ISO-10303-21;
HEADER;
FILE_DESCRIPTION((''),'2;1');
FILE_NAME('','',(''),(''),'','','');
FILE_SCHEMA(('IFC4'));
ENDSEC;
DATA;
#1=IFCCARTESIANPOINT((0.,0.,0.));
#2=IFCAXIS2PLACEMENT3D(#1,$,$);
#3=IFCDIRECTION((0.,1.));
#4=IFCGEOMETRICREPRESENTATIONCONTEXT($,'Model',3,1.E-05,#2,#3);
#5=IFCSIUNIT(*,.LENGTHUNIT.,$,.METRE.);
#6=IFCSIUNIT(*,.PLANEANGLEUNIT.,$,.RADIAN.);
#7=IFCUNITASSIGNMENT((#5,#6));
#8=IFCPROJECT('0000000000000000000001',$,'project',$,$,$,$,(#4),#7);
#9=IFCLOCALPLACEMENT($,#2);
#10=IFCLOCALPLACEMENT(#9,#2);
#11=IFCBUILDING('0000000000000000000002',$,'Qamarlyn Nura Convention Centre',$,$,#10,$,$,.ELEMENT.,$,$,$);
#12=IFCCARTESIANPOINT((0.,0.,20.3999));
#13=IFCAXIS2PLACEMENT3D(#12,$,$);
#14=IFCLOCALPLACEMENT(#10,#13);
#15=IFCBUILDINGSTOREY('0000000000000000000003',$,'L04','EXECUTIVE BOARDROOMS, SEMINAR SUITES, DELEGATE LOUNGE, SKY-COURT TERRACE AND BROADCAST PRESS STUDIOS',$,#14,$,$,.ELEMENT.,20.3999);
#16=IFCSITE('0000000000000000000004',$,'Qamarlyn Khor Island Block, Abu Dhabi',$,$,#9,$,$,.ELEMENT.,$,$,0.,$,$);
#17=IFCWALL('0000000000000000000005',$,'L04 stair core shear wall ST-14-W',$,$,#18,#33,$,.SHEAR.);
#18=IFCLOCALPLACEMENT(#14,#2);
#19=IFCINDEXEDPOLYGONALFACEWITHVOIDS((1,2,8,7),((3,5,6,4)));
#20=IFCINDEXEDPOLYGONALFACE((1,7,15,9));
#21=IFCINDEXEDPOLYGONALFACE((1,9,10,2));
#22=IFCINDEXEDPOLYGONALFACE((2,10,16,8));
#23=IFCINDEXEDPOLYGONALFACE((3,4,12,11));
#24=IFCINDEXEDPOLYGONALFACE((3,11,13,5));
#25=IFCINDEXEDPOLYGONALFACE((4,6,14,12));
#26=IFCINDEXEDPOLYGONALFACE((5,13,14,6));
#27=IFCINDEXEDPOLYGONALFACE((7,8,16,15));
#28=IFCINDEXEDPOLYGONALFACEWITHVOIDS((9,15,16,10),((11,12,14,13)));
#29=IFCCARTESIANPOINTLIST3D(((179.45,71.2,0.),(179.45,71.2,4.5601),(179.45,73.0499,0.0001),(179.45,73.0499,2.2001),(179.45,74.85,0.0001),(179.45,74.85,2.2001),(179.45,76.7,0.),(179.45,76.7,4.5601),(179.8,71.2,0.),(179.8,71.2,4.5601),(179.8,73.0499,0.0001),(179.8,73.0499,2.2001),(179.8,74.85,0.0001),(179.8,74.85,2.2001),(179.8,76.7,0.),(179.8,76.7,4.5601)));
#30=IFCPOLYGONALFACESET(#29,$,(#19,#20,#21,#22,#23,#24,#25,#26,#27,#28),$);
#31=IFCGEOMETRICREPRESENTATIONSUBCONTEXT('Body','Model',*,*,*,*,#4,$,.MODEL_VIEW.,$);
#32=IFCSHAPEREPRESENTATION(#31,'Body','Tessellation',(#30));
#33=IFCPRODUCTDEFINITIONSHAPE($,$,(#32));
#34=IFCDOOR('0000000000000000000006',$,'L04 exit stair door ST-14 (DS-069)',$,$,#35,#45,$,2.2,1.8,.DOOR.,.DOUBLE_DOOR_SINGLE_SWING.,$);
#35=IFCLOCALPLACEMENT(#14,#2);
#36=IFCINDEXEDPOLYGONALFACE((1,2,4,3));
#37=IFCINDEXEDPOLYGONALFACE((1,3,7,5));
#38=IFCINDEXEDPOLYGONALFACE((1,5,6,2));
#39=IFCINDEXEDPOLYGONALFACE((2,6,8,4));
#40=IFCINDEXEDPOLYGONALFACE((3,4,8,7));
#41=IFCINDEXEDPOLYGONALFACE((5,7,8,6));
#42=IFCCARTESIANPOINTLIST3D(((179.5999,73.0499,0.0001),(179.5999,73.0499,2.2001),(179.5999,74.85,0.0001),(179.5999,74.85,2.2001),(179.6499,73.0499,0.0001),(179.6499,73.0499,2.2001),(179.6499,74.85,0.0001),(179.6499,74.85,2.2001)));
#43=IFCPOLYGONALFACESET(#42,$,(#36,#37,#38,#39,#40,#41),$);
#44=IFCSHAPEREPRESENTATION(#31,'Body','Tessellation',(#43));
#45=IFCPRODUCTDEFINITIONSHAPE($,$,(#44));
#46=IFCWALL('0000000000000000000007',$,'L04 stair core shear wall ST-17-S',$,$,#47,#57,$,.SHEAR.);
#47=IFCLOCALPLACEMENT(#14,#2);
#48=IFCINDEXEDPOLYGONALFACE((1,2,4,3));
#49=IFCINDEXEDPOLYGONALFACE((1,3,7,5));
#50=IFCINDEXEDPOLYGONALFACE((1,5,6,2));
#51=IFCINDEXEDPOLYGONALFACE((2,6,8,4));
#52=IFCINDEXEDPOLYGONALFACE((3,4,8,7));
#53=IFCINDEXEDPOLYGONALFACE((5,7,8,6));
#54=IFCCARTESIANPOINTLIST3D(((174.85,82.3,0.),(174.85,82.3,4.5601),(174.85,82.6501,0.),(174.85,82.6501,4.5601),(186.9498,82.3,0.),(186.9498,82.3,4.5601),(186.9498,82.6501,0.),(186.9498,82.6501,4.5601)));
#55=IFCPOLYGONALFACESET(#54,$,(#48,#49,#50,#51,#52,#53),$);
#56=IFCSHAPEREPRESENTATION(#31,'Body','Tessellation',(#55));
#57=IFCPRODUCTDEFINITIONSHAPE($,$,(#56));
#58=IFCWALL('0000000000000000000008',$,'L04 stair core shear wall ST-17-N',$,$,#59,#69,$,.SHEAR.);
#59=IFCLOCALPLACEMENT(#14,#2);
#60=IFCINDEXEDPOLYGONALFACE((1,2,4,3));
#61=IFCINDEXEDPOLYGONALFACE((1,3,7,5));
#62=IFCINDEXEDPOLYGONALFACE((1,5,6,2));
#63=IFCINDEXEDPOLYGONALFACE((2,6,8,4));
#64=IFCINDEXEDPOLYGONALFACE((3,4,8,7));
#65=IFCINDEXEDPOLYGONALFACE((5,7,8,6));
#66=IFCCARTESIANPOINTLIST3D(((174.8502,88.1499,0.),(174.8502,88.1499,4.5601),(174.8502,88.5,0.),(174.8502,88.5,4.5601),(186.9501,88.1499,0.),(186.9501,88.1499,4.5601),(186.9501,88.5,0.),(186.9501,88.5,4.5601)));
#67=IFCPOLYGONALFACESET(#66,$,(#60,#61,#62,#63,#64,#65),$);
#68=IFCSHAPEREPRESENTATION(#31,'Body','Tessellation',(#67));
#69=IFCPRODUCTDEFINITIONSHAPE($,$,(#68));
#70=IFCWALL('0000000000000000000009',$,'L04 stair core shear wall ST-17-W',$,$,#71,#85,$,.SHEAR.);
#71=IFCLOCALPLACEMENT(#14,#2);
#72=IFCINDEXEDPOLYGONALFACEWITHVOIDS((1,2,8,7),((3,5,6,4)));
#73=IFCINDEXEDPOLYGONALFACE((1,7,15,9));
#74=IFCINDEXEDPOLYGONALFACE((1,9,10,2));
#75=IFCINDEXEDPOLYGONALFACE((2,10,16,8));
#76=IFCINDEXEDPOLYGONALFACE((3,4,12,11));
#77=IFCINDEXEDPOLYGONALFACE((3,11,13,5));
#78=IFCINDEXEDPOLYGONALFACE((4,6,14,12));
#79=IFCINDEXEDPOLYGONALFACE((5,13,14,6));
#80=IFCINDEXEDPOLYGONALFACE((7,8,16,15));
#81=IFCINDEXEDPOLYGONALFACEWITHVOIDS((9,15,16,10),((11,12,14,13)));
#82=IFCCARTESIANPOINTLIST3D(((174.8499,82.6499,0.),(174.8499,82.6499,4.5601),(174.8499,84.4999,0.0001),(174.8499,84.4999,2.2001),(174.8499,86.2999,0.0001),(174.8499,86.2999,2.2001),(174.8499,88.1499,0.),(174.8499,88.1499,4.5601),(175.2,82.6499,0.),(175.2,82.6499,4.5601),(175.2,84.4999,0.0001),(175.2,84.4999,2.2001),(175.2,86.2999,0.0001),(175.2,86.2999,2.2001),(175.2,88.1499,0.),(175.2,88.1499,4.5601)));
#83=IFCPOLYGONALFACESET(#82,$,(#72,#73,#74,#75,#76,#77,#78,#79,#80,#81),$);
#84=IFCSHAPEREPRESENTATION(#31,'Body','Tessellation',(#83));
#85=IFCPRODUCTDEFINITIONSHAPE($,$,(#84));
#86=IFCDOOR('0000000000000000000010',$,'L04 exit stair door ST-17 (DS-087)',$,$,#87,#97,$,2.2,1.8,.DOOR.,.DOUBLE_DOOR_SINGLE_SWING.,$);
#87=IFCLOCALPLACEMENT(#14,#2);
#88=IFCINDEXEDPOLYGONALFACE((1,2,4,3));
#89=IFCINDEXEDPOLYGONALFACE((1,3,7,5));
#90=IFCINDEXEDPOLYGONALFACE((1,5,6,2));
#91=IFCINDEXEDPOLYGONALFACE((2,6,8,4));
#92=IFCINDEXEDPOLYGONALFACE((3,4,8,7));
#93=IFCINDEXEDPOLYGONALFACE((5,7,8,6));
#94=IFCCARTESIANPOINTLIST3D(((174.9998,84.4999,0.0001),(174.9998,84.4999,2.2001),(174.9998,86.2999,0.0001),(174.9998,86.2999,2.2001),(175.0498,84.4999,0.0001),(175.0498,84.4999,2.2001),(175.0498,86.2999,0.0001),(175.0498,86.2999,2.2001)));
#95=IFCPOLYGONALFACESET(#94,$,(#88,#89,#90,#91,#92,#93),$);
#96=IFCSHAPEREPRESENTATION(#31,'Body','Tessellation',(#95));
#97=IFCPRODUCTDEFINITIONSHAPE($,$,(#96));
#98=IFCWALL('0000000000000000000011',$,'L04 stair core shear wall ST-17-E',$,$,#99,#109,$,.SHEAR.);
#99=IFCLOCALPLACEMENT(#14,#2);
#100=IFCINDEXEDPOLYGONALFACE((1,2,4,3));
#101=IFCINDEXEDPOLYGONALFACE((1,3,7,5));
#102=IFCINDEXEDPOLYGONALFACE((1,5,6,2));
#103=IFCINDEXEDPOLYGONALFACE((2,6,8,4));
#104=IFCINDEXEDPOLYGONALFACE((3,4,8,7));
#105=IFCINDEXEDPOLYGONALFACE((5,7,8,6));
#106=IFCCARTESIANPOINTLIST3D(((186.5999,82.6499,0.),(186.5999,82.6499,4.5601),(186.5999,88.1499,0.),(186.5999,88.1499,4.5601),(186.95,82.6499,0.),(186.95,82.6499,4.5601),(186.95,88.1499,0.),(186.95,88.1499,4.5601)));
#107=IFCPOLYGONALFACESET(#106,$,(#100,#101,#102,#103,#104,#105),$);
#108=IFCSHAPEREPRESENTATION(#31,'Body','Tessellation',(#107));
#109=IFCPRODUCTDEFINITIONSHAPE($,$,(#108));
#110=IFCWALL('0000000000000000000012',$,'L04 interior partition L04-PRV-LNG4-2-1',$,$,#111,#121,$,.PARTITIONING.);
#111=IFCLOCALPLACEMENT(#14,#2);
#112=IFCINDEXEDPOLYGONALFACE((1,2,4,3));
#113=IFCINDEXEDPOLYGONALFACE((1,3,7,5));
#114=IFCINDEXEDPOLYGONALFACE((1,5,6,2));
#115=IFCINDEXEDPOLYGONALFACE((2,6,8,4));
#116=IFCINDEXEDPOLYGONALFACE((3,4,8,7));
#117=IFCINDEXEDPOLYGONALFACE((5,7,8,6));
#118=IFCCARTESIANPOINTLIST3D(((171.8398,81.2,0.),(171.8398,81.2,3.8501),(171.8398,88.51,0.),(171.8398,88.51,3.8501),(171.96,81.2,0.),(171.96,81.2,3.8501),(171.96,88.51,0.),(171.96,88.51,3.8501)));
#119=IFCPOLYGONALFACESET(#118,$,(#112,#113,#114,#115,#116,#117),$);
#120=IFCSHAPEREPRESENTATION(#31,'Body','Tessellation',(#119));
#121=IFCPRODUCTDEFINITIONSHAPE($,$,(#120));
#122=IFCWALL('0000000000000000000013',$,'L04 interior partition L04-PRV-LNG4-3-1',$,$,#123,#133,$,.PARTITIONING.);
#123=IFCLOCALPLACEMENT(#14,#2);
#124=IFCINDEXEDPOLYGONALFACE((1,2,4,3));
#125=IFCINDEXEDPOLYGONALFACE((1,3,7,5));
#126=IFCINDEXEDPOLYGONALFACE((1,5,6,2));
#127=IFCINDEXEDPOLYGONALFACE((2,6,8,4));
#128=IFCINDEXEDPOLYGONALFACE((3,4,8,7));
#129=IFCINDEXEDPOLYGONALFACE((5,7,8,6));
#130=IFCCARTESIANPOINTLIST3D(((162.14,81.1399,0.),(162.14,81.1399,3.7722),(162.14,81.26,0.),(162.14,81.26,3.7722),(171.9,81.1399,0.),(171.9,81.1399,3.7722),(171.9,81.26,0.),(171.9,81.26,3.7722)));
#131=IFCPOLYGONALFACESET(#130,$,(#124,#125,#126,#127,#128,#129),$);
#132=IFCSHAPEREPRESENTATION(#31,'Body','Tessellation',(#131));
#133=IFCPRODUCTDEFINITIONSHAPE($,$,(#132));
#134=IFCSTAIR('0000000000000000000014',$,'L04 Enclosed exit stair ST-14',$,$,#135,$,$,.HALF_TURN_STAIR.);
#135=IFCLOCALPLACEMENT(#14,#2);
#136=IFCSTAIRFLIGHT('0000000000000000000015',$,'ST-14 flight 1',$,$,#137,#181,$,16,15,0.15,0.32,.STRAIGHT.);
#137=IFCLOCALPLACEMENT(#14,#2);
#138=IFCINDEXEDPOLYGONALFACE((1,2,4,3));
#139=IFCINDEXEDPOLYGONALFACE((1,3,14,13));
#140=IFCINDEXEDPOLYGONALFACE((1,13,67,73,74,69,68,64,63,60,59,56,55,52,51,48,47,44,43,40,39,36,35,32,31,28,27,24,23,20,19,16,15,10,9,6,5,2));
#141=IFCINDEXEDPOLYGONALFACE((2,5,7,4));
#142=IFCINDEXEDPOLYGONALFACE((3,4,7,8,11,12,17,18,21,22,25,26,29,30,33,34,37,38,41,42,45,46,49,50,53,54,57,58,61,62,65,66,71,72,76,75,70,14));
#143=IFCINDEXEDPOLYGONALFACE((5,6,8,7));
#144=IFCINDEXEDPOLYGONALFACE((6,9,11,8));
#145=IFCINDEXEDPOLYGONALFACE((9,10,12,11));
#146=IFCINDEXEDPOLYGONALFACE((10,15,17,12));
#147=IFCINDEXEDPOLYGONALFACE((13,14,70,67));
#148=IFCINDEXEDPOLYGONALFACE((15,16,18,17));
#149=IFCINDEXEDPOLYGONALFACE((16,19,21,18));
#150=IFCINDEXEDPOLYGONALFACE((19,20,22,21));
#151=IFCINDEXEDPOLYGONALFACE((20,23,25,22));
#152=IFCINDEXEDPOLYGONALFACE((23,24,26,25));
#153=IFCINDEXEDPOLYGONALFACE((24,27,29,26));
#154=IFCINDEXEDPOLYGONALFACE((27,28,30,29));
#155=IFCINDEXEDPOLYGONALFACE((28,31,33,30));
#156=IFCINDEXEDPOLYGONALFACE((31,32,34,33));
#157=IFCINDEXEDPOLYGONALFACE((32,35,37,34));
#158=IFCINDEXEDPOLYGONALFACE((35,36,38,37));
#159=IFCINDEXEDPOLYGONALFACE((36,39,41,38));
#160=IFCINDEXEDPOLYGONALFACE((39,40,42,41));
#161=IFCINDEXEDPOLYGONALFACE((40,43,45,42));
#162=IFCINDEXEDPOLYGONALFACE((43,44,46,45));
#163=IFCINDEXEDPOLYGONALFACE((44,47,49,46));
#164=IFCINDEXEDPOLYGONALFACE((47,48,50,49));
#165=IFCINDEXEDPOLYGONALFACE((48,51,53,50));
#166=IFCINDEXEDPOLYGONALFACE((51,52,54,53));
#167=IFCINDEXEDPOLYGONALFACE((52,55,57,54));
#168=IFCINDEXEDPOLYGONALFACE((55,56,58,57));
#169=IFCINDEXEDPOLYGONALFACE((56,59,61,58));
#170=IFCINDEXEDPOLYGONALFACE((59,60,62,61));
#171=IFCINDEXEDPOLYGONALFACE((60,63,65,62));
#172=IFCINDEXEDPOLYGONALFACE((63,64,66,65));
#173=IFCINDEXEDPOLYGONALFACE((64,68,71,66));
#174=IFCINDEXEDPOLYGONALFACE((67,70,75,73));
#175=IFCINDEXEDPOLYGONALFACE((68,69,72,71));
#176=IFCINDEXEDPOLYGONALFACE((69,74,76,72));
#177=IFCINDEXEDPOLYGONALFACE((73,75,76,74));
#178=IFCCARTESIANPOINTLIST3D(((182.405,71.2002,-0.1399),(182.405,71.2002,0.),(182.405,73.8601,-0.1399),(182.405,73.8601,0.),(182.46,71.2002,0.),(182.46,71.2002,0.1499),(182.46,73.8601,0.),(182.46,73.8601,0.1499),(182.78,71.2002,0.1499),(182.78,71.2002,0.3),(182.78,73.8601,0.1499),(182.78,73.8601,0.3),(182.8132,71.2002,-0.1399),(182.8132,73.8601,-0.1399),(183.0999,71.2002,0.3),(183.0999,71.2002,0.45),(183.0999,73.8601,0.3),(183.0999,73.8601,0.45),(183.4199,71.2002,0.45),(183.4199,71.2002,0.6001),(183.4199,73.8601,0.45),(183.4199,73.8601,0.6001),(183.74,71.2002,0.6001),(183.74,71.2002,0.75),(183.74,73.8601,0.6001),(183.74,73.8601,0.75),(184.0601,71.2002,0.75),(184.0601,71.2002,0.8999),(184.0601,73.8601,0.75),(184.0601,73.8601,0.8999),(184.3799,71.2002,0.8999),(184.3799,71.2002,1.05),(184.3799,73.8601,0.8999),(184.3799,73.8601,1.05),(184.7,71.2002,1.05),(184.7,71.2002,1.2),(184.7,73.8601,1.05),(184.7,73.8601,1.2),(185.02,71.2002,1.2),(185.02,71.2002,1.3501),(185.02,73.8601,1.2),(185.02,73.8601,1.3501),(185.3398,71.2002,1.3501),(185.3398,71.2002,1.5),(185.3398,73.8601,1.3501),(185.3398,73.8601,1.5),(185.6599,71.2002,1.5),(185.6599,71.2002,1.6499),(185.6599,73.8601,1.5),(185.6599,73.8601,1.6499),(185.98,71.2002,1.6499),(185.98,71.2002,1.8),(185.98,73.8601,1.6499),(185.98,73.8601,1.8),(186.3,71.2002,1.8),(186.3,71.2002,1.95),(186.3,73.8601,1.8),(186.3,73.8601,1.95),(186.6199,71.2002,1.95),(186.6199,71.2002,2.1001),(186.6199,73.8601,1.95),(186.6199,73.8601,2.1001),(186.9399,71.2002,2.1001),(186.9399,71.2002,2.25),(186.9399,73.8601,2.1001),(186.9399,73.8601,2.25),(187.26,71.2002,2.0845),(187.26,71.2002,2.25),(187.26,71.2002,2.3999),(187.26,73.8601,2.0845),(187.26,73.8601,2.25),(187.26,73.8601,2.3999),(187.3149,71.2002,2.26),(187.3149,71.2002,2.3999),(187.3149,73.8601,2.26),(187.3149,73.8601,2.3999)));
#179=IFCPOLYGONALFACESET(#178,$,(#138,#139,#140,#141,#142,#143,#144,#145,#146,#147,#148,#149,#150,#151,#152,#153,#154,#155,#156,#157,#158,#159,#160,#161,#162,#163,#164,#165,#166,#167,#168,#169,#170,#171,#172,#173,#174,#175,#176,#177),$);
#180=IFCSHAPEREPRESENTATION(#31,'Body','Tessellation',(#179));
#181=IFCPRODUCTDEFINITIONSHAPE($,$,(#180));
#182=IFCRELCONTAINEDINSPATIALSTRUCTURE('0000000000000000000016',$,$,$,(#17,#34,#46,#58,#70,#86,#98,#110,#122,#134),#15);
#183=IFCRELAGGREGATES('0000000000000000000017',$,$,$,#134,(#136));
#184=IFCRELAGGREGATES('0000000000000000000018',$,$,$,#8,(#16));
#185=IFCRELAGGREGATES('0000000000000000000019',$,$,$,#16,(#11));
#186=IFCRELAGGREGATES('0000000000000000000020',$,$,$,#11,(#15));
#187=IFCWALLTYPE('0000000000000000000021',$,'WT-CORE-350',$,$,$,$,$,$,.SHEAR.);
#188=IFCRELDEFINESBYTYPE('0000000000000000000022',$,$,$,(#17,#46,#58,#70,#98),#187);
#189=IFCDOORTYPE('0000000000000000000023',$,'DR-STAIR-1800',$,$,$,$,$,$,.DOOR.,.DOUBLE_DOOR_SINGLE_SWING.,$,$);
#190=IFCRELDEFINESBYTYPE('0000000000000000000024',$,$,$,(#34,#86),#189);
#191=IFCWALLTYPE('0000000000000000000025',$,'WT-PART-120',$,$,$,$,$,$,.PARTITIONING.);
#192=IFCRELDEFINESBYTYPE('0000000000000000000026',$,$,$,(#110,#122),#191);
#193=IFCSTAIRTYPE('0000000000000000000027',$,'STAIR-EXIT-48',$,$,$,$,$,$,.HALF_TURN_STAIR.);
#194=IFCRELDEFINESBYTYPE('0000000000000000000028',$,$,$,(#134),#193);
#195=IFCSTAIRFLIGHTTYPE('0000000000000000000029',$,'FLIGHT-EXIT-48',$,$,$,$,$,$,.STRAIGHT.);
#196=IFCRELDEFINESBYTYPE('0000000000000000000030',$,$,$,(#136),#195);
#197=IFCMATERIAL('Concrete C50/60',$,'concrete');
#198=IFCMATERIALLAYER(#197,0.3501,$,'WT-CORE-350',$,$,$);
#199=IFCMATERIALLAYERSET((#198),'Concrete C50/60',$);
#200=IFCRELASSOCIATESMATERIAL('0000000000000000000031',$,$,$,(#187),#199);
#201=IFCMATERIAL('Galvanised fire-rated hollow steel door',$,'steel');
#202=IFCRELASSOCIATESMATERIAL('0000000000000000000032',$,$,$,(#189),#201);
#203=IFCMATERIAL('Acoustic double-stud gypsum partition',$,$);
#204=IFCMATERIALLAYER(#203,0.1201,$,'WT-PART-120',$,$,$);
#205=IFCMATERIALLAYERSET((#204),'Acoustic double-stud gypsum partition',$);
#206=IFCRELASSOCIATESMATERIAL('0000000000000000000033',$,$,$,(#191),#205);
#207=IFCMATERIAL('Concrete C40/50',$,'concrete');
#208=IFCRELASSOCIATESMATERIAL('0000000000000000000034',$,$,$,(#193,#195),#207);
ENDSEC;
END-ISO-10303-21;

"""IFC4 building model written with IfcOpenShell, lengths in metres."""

from ifc_helpers import new_model, si_unit, direction, frame, frame_2d, origin, place, context, subcontext, project, spatial, polyline, rectangle, outline, extrude, material, layer, layer_set, type_object, element, fill, aggregate, save


model = new_model("IFC4")

# Units and contexts
model_context = context("Model", 3, precision=1e-05, world=origin(), true_north=direction((0.0, 1.0)))
body_context = subcontext(model_context, "Body", "Model", "MODEL_VIEW")
ifc_project = project(units=[si_unit("LENGTHUNIT", "METRE"), si_unit("PLANEANGLEUNIT", "RADIAN")], contexts=[model_context])

# Site, building, storey
site_placement = place(None, origin())
site = spatial("IfcSite", under=ifc_project, at=site_placement, Name="Qamarlyn Khor Island Block, Abu Dhabi", CompositionType="ELEMENT", RefElevation=0.0)
building_placement = place(site_placement, origin())
building = spatial("IfcBuilding", under=site, at=building_placement, Name="Qamarlyn Nura Convention Centre", CompositionType="ELEMENT")
storey_placement = place(building_placement, frame((0.0, 0.0, 20.3999)))
storey = spatial("IfcBuildingStorey", under=building, at=storey_placement, Name="L04", Description="EXECUTIVE BOARDROOMS, SEMINAR SUITES, DELEGATE LOUNGE, SKY-COURT TERRACE AND BROADCAST PRESS STUDIOS", CompositionType="ELEMENT", Elevation=20.3999)

# Wall, opening, door
ifc_material_1 = material(Name="Concrete C50/60", Category="concrete")
ifc_layer_1 = layer(ifc_material_1, 0.3501, Name="WT-CORE-350")
ifc_layer_set_1 = layer_set([ifc_layer_1], Name="Concrete C50/60")
wall_type_1 = type_object("IfcWallType", Name="WT-CORE-350", PredefinedType="SHEAR", material=ifc_layer_set_1)
wall_1_placement = place(storey_placement, frame((179.625, 76.7, 0.0), z_axis=(0.0, 0.0, 1.0), x_axis=(0.0, -1.0, 0.0)))
wall_1 = element("IfcWall", 1, at=wall_1_placement, inside=storey, type_object=wall_type_1, Name="L04 stair core shear wall ST-14-W", PredefinedType="SHEAR", context=body_context, shape_type="SweptSolid", body=[
    extrude(rectangle(XDim=5.5, YDim=0.3501, at=frame_2d((2.75, 0.0))), origin(), (0.0, 0.0, 1.0), 4.5601),
])
opening_1_placement = place(wall_1_placement, frame((1.8501, 0.0, 0.0)))
opening_1 = element("IfcOpeningElement", 2, at=opening_1_placement, cuts=wall_1, PredefinedType="OPENING", context=body_context, shape_type="SweptSolid", body=[
    extrude(rectangle(XDim=1.8, YDim=2.2, at=frame_2d((0.8999, 1.1001))), frame((0.0, 0.1851, 0.0), z_axis=(0.0, -1.0, 0.0), x_axis=(1.0, 0.0, 0.0)), (0.0, 0.0, 1.0), 0.3701),
])
ifc_material_2 = material(Name="Galvanised fire-rated hollow steel door", Category="steel")
door_type = type_object("IfcDoorType", Name="DR-STAIR-1800", OperationType="DOUBLE_DOOR_SINGLE_SWING", PredefinedType="DOOR", material=ifc_material_2)
door_1_placement = place(opening_1_placement, origin())
door_1 = element("IfcDoor", 3, at=door_1_placement, inside=storey, type_object=door_type, Name="L04 exit stair door ST-14 (DS-069)", OperationType="DOUBLE_DOOR_SINGLE_SWING", OverallHeight=2.2, OverallWidth=1.8, PredefinedType="DOOR", context=body_context, shape_type="SweptSolid", body=[
    extrude(rectangle(XDim=1.8, YDim=2.2, at=frame_2d((0.8999, 1.1001))), frame((0.0, 0.0249, 0.0), z_axis=(0.0, -1.0, 0.0), x_axis=(1.0, 0.0, 0.0)), (0.0, 0.0, 1.0), 0.05),
])
fill(opening_1, door_1)

# Walls
for number, where, z_axis, x_axis, name in (
    (4, (174.8501, 82.4751, 0.0), (0.0, 0.0, 1.0), (1.0, 0.0, 0.0), "L04 stair core shear wall ST-17-S"),
    (5, (186.95, 88.325, 0.0), (0.0, 0.0, 1.0), (-1.0, 0.0, 0.0), "L04 stair core shear wall ST-17-N"),
):
    element("IfcWall", number, at=place(storey_placement, frame(where, z_axis=z_axis, x_axis=x_axis)), inside=storey, type_object=wall_type_1, Name=name, PredefinedType="SHEAR", context=body_context, shape_type="SweptSolid", body=[
        extrude(rectangle(XDim=12.0999, YDim=0.3501, at=frame_2d((6.0498, 0.0))), origin(), (0.0, 0.0, 1.0), 4.5601),
    ])

# Wall, opening, door
wall_2_placement = place(storey_placement, frame((175.0249, 88.1499, 0.0), z_axis=(0.0, 0.0, 1.0), x_axis=(0.0, -1.0, 0.0)))
wall_2 = element("IfcWall", 6, at=wall_2_placement, inside=storey, type_object=wall_type_1, Name="L04 stair core shear wall ST-17-W", PredefinedType="SHEAR", context=body_context, shape_type="SweptSolid", body=[
    extrude(rectangle(XDim=5.5, YDim=0.3501, at=frame_2d((2.75, 0.0))), origin(), (0.0, 0.0, 1.0), 4.5601),
])
opening_2_placement = place(wall_2_placement, frame((1.8501, 0.0, 0.0)))
opening_2 = element("IfcOpeningElement", 7, at=opening_2_placement, cuts=wall_2, PredefinedType="OPENING", context=body_context, shape_type="SweptSolid", body=[
    extrude(rectangle(XDim=1.8, YDim=2.2, at=frame_2d((0.8999, 1.1001))), frame((0.0, 0.1851, 0.0), z_axis=(0.0, -1.0, 0.0), x_axis=(1.0, 0.0, 0.0)), (0.0, 0.0, 1.0), 0.3701),
])
door_2_placement = place(opening_2_placement, origin())
door_2 = element("IfcDoor", 8, at=door_2_placement, inside=storey, type_object=door_type, Name="L04 exit stair door ST-17 (DS-087)", OperationType="DOUBLE_DOOR_SINGLE_SWING", OverallHeight=2.2, OverallWidth=1.8, PredefinedType="DOOR", context=body_context, shape_type="SweptSolid", body=[
    extrude(rectangle(XDim=1.8, YDim=2.2, at=frame_2d((0.8999, 1.1001))), frame((0.0, 0.0249, 0.0), z_axis=(0.0, -1.0, 0.0), x_axis=(1.0, 0.0, 0.0)), (0.0, 0.0, 1.0), 0.05),
])
fill(opening_2, door_2)

# Walls
wall_3_placement = place(storey_placement, frame((186.7749, 82.6499, 0.0), z_axis=(0.0, 0.0, 1.0), x_axis=(0.0, 1.0, 0.0)))
element("IfcWall", 9, at=wall_3_placement, inside=storey, type_object=wall_type_1, Name="L04 stair core shear wall ST-17-E", PredefinedType="SHEAR", context=body_context, shape_type="SweptSolid", body=[
    extrude(rectangle(XDim=5.5, YDim=0.3501, at=frame_2d((2.75, 0.0))), origin(), (0.0, 0.0, 1.0), 4.5601),
])
ifc_material_3 = material(Name="Acoustic double-stud gypsum partition")
ifc_layer_2 = layer(ifc_material_3, 0.1201, Name="WT-PART-120")
ifc_layer_set_2 = layer_set([ifc_layer_2], Name="Acoustic double-stud gypsum partition")
wall_type_2 = type_object("IfcWallType", Name="WT-PART-120", PredefinedType="PARTITIONING", material=ifc_layer_set_2)
wall_4_placement = place(storey_placement, frame((171.8999, 88.51, 0.0), z_axis=(0.0, 0.0, 1.0), x_axis=(0.0, -1.0, 0.0)))
element("IfcWall", 10, at=wall_4_placement, inside=storey, type_object=wall_type_2, Name="L04 interior partition L04-PRV-LNG4-2-1", PredefinedType="PARTITIONING", context=body_context, shape_type="SweptSolid", body=[
    extrude(rectangle(XDim=7.3101, YDim=0.1201, at=frame_2d((3.655, 0.0))), origin(), (0.0, 0.0, 1.0), 3.8501),
])
wall_5_placement = place(storey_placement, frame((171.8999, 81.2, 0.0), z_axis=(0.0, 0.0, 1.0), x_axis=(-1.0, 0.0, 0.0)))
element("IfcWall", 11, at=wall_5_placement, inside=storey, type_object=wall_type_2, Name="L04 interior partition L04-PRV-LNG4-3-1", PredefinedType="PARTITIONING", context=body_context, shape_type="SweptSolid", body=[
    extrude(rectangle(XDim=9.76, YDim=0.1201, at=frame_2d((4.8799, 0.0))), origin(), (0.0, 0.0, 1.0), 3.7722),
])

# Stair, stair flight
ifc_material_4 = material(Name="Concrete C40/50", Category="concrete")
stair_type = type_object("IfcStairType", Name="STAIR-EXIT-48", PredefinedType="HALF_TURN_STAIR", material=ifc_material_4)
stair_placement = place(storey_placement, origin())
stair = element("IfcStair", 12, at=stair_placement, inside=storey, type_object=stair_type, Name="L04 Enclosed exit stair ST-14", PredefinedType="HALF_TURN_STAIR")
stair_flight_type = type_object("IfcStairFlightType", Name="FLIGHT-EXIT-48", PredefinedType="STRAIGHT", material=ifc_material_4)
stair_flight_1_placement = place(storey_placement, frame((182.46, 72.53, 0.0), z_axis=(0.0, 0.0, 1.0), x_axis=(1.0, 0.0, 0.0)))
stair_flight_1 = element("IfcStairFlight", 13, at=stair_flight_1_placement, type_object=stair_flight_type, Name="ST-14 flight 1", NumberOfRisers=16, NumberOfTreads=15, PredefinedType="STRAIGHT", RiserHeight=0.15, TreadLength=0.32, context=body_context, shape_type="SweptSolid", body=[
    extrude(outline(polyline([(-0.0549, 0.0), (0.0, 0.0), (0.0, 0.1499), (0.3201, 0.1499), (0.3201, 0.3), (0.6399, 0.3), (0.6399, 0.45), (0.96, 0.45), (0.96, 0.6001), (1.28, 0.6001), (1.28, 0.75), (1.6001, 0.75), (1.6001, 0.8999), (1.9199, 0.8999), (1.9199, 1.05), (2.24, 1.05), (2.24, 1.2), (2.5601, 1.2), (2.5601, 1.3501), (2.8799, 1.3501), (2.8799, 1.5), (3.2, 1.5), (3.2, 1.6499), (3.52, 1.6499), (3.52, 1.8), (3.8401, 1.8), (3.8401, 1.95), (4.1599, 1.95), (4.1599, 2.1001), (4.48, 2.1001), (4.48, 2.25), (4.8, 2.25), (4.8, 2.3999), (4.855, 2.3999), (4.855, 2.26), (4.8, 2.0845), (0.3533, -0.1399), (-0.0549, -0.1399), (-0.0549, 0.0)])), frame((0.0, 1.3301, 0.0), z_axis=(0.0, -1.0, 0.0), x_axis=(1.0, 0.0, 0.0)), (0.0, 0.0, 1.0), 2.6599),
])
aggregate(stair, [stair_flight_1])

save(model, "model.ifc")
